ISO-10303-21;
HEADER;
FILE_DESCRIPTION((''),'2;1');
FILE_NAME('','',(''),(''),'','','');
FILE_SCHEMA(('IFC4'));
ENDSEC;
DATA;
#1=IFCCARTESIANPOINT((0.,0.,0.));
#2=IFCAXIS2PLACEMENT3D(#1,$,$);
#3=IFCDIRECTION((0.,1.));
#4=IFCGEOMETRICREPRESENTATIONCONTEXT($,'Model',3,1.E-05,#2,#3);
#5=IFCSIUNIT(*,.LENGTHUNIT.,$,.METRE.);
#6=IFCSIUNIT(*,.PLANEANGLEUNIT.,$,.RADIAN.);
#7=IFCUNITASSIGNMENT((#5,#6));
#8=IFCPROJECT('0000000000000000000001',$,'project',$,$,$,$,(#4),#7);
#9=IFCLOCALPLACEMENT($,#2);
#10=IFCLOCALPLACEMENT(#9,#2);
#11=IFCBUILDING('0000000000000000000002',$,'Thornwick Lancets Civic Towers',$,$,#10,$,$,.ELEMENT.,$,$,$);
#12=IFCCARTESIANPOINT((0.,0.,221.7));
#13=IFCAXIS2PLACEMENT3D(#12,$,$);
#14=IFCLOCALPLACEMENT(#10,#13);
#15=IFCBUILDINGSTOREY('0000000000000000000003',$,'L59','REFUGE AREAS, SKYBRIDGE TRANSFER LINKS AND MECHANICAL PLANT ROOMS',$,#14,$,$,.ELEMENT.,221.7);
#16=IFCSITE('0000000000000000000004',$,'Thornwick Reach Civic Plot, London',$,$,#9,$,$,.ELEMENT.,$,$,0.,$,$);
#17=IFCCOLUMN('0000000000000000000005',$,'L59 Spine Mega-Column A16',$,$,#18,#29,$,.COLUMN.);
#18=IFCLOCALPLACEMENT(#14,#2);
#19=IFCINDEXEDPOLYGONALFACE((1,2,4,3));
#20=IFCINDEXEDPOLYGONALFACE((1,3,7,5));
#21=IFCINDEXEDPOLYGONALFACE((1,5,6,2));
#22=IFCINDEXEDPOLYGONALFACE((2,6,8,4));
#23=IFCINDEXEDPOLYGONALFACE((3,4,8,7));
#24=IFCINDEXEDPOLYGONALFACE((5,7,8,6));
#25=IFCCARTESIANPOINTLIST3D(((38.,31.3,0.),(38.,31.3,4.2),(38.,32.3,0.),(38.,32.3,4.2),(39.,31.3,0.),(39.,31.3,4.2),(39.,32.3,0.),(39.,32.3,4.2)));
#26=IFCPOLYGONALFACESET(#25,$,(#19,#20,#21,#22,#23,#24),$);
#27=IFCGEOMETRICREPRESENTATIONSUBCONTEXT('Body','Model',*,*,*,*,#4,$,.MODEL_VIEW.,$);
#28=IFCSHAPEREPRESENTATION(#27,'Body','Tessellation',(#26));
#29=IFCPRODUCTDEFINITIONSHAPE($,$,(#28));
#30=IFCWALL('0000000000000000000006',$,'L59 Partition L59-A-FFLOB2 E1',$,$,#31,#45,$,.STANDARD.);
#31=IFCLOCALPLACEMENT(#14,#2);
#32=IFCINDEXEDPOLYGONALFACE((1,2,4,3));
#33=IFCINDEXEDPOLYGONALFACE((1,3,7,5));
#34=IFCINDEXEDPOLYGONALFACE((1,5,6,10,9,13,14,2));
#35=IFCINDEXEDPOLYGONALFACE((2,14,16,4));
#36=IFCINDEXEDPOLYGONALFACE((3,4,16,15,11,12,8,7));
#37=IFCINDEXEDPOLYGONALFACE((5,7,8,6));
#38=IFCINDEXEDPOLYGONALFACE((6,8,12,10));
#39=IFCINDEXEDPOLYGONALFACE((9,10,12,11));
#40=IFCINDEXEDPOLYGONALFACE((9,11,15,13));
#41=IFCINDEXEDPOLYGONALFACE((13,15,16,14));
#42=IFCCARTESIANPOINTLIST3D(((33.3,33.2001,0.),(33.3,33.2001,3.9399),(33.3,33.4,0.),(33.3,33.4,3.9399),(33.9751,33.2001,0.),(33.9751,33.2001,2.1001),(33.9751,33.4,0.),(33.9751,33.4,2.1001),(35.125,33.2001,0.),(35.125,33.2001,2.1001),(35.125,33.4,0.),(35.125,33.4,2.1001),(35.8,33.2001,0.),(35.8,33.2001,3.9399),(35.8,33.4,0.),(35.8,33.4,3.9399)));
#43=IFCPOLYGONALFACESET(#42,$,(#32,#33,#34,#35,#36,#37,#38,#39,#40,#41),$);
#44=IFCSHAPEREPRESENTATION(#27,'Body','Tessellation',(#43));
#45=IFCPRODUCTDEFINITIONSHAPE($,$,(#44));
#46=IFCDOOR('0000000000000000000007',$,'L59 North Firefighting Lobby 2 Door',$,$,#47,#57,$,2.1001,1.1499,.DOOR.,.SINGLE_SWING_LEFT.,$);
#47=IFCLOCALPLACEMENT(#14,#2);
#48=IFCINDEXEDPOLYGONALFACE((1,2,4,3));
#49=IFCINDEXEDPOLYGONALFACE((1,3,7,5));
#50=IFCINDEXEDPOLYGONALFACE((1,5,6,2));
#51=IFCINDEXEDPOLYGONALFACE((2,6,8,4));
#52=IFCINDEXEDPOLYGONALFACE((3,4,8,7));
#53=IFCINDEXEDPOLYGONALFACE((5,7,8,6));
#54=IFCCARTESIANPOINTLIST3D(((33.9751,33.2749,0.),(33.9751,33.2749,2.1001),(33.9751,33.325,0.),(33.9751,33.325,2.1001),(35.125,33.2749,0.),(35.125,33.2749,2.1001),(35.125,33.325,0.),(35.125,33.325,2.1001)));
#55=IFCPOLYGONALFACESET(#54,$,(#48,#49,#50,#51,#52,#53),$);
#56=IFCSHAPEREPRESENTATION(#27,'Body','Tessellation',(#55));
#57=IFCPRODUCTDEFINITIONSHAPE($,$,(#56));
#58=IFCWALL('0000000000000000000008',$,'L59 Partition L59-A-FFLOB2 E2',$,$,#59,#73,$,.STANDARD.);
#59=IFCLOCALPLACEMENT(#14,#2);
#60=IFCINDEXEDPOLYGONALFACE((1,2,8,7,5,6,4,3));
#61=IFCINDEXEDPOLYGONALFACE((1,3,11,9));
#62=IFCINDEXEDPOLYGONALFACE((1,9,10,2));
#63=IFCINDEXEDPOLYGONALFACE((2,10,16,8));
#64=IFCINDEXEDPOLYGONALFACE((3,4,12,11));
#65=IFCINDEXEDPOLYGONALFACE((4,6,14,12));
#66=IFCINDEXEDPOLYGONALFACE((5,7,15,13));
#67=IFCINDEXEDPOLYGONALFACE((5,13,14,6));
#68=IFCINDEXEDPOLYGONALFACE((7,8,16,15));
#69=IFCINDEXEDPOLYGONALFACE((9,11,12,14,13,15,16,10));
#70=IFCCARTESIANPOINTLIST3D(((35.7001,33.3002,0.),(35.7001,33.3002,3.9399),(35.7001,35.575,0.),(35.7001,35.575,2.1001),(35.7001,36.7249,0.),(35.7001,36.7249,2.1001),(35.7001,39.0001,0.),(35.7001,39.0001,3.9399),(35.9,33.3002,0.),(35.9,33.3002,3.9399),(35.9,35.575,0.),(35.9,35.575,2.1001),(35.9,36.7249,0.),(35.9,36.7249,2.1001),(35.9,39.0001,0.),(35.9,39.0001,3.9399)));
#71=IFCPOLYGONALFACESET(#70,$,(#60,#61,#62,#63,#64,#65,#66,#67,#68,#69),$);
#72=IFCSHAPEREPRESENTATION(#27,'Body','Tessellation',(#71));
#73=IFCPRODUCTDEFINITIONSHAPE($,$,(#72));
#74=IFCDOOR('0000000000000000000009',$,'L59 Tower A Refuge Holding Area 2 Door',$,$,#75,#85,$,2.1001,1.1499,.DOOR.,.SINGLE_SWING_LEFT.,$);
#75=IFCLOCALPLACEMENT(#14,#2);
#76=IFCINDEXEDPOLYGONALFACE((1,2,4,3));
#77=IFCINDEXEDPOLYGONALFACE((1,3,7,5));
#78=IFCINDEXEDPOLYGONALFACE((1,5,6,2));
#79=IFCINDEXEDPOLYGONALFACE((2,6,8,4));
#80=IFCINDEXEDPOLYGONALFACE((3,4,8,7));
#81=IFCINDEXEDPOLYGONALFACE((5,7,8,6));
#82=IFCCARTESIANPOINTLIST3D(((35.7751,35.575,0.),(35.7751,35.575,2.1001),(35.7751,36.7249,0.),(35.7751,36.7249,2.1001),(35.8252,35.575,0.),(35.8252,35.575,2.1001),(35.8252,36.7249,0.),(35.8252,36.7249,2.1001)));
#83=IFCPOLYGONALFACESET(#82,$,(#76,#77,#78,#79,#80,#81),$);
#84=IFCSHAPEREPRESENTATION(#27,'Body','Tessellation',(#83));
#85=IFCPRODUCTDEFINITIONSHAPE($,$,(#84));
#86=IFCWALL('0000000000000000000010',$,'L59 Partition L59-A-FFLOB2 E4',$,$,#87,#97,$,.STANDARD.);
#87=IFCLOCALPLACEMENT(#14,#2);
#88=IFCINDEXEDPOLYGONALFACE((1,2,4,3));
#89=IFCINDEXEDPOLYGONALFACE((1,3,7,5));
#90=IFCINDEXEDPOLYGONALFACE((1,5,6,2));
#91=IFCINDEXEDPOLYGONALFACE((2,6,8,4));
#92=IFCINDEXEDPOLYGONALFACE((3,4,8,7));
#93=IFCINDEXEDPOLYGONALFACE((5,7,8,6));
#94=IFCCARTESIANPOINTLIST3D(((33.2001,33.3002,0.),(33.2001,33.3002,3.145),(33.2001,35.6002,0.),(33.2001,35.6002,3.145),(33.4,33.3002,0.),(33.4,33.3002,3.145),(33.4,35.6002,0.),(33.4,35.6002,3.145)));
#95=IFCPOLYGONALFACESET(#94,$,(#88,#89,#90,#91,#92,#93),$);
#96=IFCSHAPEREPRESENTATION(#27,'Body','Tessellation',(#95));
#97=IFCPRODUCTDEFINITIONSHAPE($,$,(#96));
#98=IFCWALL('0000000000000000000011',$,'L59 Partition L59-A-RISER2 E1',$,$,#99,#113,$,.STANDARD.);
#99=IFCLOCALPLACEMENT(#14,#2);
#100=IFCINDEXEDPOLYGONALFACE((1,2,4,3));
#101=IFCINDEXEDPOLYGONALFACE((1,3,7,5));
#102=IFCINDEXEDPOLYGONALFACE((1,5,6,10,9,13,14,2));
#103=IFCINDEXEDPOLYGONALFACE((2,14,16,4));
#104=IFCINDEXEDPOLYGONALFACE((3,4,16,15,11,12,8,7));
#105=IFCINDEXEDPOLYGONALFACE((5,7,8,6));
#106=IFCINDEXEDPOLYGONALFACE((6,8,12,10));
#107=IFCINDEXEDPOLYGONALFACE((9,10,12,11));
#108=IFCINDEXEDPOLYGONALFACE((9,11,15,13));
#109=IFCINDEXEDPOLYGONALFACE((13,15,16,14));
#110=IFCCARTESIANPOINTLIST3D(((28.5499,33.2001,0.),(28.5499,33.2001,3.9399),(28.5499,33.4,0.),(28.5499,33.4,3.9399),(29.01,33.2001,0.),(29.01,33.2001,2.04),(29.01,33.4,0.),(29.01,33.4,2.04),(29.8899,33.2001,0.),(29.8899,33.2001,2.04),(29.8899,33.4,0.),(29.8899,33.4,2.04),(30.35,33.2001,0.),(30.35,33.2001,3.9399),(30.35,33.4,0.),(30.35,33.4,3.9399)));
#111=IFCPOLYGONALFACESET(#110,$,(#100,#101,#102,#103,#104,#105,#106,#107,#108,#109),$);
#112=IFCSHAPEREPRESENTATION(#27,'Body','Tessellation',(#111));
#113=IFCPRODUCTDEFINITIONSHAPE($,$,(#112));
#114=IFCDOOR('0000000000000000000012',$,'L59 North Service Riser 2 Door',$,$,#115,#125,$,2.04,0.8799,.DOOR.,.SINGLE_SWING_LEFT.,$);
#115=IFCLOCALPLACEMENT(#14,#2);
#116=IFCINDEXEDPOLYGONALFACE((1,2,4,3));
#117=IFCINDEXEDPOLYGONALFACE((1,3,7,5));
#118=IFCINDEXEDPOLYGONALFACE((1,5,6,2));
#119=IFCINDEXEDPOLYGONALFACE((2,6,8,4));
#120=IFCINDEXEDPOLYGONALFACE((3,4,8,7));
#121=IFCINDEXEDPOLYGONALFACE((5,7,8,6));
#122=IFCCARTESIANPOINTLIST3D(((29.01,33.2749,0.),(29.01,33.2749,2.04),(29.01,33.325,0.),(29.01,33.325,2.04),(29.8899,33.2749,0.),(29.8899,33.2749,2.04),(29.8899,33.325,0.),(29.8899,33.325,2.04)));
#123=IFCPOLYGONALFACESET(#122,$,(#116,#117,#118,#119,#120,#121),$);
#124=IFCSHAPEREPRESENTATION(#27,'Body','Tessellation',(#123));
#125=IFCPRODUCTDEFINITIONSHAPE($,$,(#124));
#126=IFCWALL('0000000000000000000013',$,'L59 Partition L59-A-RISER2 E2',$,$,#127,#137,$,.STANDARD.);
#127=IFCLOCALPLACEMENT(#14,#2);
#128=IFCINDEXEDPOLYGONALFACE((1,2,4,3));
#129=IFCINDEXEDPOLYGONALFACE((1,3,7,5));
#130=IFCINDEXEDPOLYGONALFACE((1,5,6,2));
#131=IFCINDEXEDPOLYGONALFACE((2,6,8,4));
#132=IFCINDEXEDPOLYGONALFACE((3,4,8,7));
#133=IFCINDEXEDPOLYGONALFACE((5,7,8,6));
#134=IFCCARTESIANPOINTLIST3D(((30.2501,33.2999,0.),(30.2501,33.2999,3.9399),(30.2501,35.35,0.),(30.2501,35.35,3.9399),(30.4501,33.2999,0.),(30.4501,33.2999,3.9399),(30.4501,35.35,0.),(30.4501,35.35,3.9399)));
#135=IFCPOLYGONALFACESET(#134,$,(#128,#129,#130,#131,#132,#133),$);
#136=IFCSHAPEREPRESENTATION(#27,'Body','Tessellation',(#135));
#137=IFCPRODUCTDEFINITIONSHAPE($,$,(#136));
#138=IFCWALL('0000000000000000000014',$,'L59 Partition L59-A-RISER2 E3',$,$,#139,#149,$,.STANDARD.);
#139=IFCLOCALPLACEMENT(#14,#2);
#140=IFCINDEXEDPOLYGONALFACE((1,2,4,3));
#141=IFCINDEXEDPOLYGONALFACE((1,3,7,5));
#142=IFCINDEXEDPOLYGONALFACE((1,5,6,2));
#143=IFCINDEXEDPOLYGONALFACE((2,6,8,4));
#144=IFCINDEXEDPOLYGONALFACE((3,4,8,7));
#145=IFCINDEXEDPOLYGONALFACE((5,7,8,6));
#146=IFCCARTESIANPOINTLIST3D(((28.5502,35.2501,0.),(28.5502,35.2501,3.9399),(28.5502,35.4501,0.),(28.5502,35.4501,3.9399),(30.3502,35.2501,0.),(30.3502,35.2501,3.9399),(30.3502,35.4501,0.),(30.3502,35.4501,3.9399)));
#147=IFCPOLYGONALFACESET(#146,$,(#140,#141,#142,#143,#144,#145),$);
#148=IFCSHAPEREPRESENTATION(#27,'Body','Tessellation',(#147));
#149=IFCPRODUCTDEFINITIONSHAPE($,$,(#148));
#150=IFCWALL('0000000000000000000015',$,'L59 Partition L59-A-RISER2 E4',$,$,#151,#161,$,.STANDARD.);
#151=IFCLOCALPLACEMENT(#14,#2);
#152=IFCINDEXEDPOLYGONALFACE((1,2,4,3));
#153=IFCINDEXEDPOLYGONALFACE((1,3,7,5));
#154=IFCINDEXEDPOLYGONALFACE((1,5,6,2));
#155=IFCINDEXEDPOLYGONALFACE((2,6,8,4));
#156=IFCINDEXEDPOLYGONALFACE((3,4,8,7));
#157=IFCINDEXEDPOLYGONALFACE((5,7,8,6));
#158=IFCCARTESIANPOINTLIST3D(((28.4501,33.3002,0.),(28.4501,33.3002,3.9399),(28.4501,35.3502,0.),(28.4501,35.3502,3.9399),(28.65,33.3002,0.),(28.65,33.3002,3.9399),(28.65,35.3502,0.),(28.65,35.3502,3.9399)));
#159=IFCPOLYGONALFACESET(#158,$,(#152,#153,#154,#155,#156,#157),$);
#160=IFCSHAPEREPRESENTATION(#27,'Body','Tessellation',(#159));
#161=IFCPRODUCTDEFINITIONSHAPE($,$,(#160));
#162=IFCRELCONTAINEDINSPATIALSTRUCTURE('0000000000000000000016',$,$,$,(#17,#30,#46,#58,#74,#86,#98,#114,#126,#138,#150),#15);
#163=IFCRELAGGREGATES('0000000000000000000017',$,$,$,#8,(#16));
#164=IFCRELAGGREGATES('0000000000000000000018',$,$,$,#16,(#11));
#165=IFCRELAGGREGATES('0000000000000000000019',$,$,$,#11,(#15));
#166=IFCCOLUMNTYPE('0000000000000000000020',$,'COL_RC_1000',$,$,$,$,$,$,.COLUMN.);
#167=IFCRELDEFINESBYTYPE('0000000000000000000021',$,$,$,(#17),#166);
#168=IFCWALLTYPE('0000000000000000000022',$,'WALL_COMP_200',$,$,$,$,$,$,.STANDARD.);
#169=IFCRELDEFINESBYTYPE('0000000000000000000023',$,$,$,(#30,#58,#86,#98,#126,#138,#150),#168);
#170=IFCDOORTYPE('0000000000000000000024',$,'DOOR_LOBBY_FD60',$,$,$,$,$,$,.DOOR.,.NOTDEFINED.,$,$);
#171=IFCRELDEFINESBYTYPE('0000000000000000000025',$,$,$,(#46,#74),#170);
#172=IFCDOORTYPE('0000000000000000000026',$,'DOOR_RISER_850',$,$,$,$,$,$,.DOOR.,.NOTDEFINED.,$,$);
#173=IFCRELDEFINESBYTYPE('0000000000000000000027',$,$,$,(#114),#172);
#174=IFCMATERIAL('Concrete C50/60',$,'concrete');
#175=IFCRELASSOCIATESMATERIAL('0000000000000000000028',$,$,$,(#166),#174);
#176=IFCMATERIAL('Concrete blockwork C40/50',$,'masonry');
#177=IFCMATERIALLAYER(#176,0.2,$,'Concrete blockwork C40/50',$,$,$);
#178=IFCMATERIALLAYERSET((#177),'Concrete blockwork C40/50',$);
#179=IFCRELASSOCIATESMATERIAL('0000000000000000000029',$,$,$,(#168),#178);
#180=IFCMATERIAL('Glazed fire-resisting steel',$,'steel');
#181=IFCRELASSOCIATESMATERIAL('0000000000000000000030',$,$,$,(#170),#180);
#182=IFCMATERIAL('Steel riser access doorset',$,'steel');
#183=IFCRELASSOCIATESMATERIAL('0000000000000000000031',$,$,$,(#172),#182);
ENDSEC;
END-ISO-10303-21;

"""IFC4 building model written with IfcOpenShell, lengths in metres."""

from ifc_helpers import new_model, si_unit, direction, frame, frame_2d, origin, origin_2d, place, context, subcontext, project, spatial, rectangle, extrude, material, layer, layer_set, material_profile, profile_set, type_object, element, fill, save


model = new_model("IFC4")

# Units and contexts
model_context = context("Model", 3, precision=1e-05, world=origin(), true_north=direction((0.0, 1.0)))
body_context = subcontext(model_context, "Body", "Model", "MODEL_VIEW")
ifc_project = project(units=[si_unit("LENGTHUNIT", "METRE"), si_unit("PLANEANGLEUNIT", "RADIAN")], contexts=[model_context])

# Site, building, storey
site_placement = place(None, origin())
site = spatial("IfcSite", under=ifc_project, at=site_placement, Name="Thornwick Reach Civic Plot, London", CompositionType="ELEMENT", RefElevation=0.0)
building_placement = place(site_placement, origin())
building = spatial("IfcBuilding", under=site, at=building_placement, Name="Thornwick Lancets Civic Towers", CompositionType="ELEMENT")
storey_placement = place(building_placement, frame((0.0, 0.0, 221.7)))
storey = spatial("IfcBuildingStorey", under=building, at=storey_placement, Name="L59", Description="REFUGE AREAS, SKYBRIDGE TRANSFER LINKS AND MECHANICAL PLANT ROOMS", CompositionType="ELEMENT", Elevation=221.7)

# Column
ifc_material_1 = material(Name="Concrete C50/60", Category="concrete")
ifc_material_profile = material_profile(ifc_material_1, rectangle(XDim=1.0, YDim=1.0, at=origin_2d()), Name="RC 1000x1000")
ifc_profile_set = profile_set([ifc_material_profile], Name="Concrete C50/60")
column_type = type_object("IfcColumnType", Name="COL_RC_1000", PredefinedType="COLUMN", material=ifc_profile_set)
column_placement = place(storey_placement, frame((38.5, 31.8, 0.0), z_axis=(0.0, 0.0, 1.0), x_axis=(1.0, 0.0, 0.0)))
element("IfcColumn", 1, at=column_placement, inside=storey, type_object=column_type, Name="L59 Spine Mega-Column A16", PredefinedType="COLUMN", context=body_context, shape_type="SweptSolid", body=[
    extrude(rectangle(XDim=1.0, YDim=1.0, at=origin_2d()), origin(), (0.0, 0.0, 1.0), 4.2),
])

# Walls, openings, doors
ifc_material_2 = material(Name="Concrete blockwork C40/50", Category="masonry")
ifc_layer_1 = layer(ifc_material_2, 0.2, Name="Concrete blockwork C40/50")
ifc_layer_set_1 = layer_set([ifc_layer_1], Name="Concrete blockwork C40/50")
wall_type_1 = type_object("IfcWallType", Name="WALL_COMP_200", PredefinedType="STANDARD", material=ifc_layer_set_1)
wall_1_placement = place(storey_placement, frame((33.3, 33.3, 0.0), z_axis=(0.0, 0.0, 1.0), x_axis=(1.0, 0.0, 0.0)))
wall_1 = element("IfcWall", 2, at=wall_1_placement, inside=storey, type_object=wall_type_1, Name="L59 Partition L59-A-FFLOB2 E1", PredefinedType="STANDARD", context=body_context, shape_type="SweptSolid", body=[
    extrude(rectangle(XDim=2.5, YDim=0.2, at=frame_2d((1.25, 0.0))), origin(), (0.0, 0.0, 1.0), 3.9399),
])
opening_1_placement = place(wall_1_placement, frame((0.675, 0.0, 0.0)))
opening_1 = element("IfcOpeningElement", 3, at=opening_1_placement, cuts=wall_1, PredefinedType="OPENING", context=body_context, shape_type="SweptSolid", body=[
    extrude(rectangle(XDim=1.1499, YDim=2.1001, at=frame_2d((0.575, 1.05))), frame((0.0, 0.1099, 0.0), z_axis=(0.0, -1.0, 0.0), x_axis=(1.0, 0.0, 0.0)), (0.0, 0.0, 1.0), 0.22),
])
ifc_material_3 = material(Name="Glazed fire-resisting steel", Category="steel")
door_type_1 = type_object("IfcDoorType", Name="DOOR_LOBBY_FD60", OperationType="NOTDEFINED", PredefinedType="DOOR", material=ifc_material_3)
door_1_placement = place(opening_1_placement, origin())
door_1 = element("IfcDoor", 4, at=door_1_placement, inside=storey, type_object=door_type_1, Name="L59 North Firefighting Lobby 2 Door", OperationType="SINGLE_SWING_LEFT", OverallHeight=2.1001, OverallWidth=1.1499, PredefinedType="DOOR", context=body_context, shape_type="SweptSolid", body=[
    extrude(rectangle(XDim=1.1499, YDim=2.1001, at=frame_2d((0.575, 1.05))), frame((0.0, 0.0249, 0.0), z_axis=(0.0, -1.0, 0.0), x_axis=(1.0, 0.0, 0.0)), (0.0, 0.0, 1.0), 0.05),
])
fill(opening_1, door_1)
wall_2_placement = place(storey_placement, frame((35.8, 33.3, 0.0), z_axis=(0.0, 0.0, 1.0), x_axis=(0.0, 1.0, 0.0)))
wall_2 = element("IfcWall", 5, at=wall_2_placement, inside=storey, type_object=wall_type_1, Name="L59 Partition L59-A-FFLOB2 E2", PredefinedType="STANDARD", context=body_context, shape_type="SweptSolid", body=[
    extrude(rectangle(XDim=5.7, YDim=0.2, at=frame_2d((2.8501, 0.0))), origin(), (0.0, 0.0, 1.0), 3.9399),
])
opening_2_placement = place(wall_2_placement, frame((2.2749, 0.0, 0.0)))
opening_2 = element("IfcOpeningElement", 6, at=opening_2_placement, cuts=wall_2, PredefinedType="OPENING", context=body_context, shape_type="SweptSolid", body=[
    extrude(rectangle(XDim=1.1499, YDim=2.1001, at=frame_2d((0.575, 1.05))), frame((0.0, 0.1099, 0.0), z_axis=(0.0, -1.0, 0.0), x_axis=(1.0, 0.0, 0.0)), (0.0, 0.0, 1.0), 0.22),
])
door_2_placement = place(opening_2_placement, origin())
door_2 = element("IfcDoor", 7, at=door_2_placement, inside=storey, type_object=door_type_1, Name="L59 Tower A Refuge Holding Area 2 Door", OperationType="SINGLE_SWING_LEFT", OverallHeight=2.1001, OverallWidth=1.1499, PredefinedType="DOOR", context=body_context, shape_type="SweptSolid", body=[
    extrude(rectangle(XDim=1.1499, YDim=2.1001, at=frame_2d((0.575, 1.05))), frame((0.0, 0.0249, 0.0), z_axis=(0.0, -1.0, 0.0), x_axis=(1.0, 0.0, 0.0)), (0.0, 0.0, 1.0), 0.05),
])
fill(opening_2, door_2)

# Wall
wall_3_placement = place(storey_placement, frame((33.3, 35.6001, 0.0), z_axis=(0.0, 0.0, 1.0), x_axis=(0.0, -1.0, 0.0)))
element("IfcWall", 8, at=wall_3_placement, inside=storey, type_object=wall_type_1, Name="L59 Partition L59-A-FFLOB2 E4", PredefinedType="STANDARD", context=body_context, shape_type="SweptSolid", body=[
    extrude(rectangle(XDim=2.3, YDim=0.2, at=frame_2d((1.1499, 0.0))), origin(), (0.0, 0.0, 1.0), 3.145),
])

# Wall, opening, door
wall_4_placement = place(storey_placement, frame((28.55, 33.3, 0.0), z_axis=(0.0, 0.0, 1.0), x_axis=(1.0, 0.0, 0.0)))
wall_4 = element("IfcWall", 9, at=wall_4_placement, inside=storey, type_object=wall_type_1, Name="L59 Partition L59-A-RISER2 E1", PredefinedType="STANDARD", context=body_context, shape_type="SweptSolid", body=[
    extrude(rectangle(XDim=1.8, YDim=0.2, at=frame_2d((0.8999, 0.0))), origin(), (0.0, 0.0, 1.0), 3.9399),
])
opening_3_placement = place(wall_4_placement, frame((0.46, 0.0, 0.0)))
opening_3 = element("IfcOpeningElement", 10, at=opening_3_placement, cuts=wall_4, PredefinedType="OPENING", context=body_context, shape_type="SweptSolid", body=[
    extrude(rectangle(XDim=0.8799, YDim=2.04, at=frame_2d((0.4399, 1.02))), frame((0.0, 0.1099, 0.0), z_axis=(0.0, -1.0, 0.0), x_axis=(1.0, 0.0, 0.0)), (0.0, 0.0, 1.0), 0.22),
])
ifc_material_4 = material(Name="Steel riser access doorset", Category="steel")
door_type_2 = type_object("IfcDoorType", Name="DOOR_RISER_850", OperationType="NOTDEFINED", PredefinedType="DOOR", material=ifc_material_4)
door_3_placement = place(opening_3_placement, origin())
door_3 = element("IfcDoor", 11, at=door_3_placement, inside=storey, type_object=door_type_2, Name="L59 North Service Riser 2 Door", OperationType="SINGLE_SWING_LEFT", OverallHeight=2.04, OverallWidth=0.8799, PredefinedType="DOOR", context=body_context, shape_type="SweptSolid", body=[
    extrude(rectangle(XDim=0.8799, YDim=2.04, at=frame_2d((0.4399, 1.02))), frame((0.0, 0.0249, 0.0), z_axis=(0.0, -1.0, 0.0), x_axis=(1.0, 0.0, 0.0)), (0.0, 0.0, 1.0), 0.05),
])
fill(opening_3, door_3)

# Walls
wall_5_placement = place(storey_placement, frame((30.3501, 33.3, 0.0), z_axis=(0.0, 0.0, 1.0), x_axis=(0.0, 1.0, 0.0)))
element("IfcWall", 12, at=wall_5_placement, inside=storey, type_object=wall_type_1, Name="L59 Partition L59-A-RISER2 E2", PredefinedType="STANDARD", context=body_context, shape_type="SweptSolid", body=[
    extrude(rectangle(XDim=2.05, YDim=0.2, at=frame_2d((1.0249, 0.0))), origin(), (0.0, 0.0, 1.0), 3.9399),
])
wall_6_placement = place(storey_placement, frame((30.3501, 35.3501, 0.0), z_axis=(0.0, 0.0, 1.0), x_axis=(-1.0, 0.0, 0.0)))
element("IfcWall", 13, at=wall_6_placement, inside=storey, type_object=wall_type_1, Name="L59 Partition L59-A-RISER2 E3", PredefinedType="STANDARD", context=body_context, shape_type="SweptSolid", body=[
    extrude(rectangle(XDim=1.8, YDim=0.2, at=frame_2d((0.8999, 0.0))), origin(), (0.0, 0.0, 1.0), 3.9399),
])
wall_7_placement = place(storey_placement, frame((28.55, 35.3501, 0.0), z_axis=(0.0, 0.0, 1.0), x_axis=(0.0, -1.0, 0.0)))
element("IfcWall", 14, at=wall_7_placement, inside=storey, type_object=wall_type_1, Name="L59 Partition L59-A-RISER2 E4", PredefinedType="STANDARD", context=body_context, shape_type="SweptSolid", body=[
    extrude(rectangle(XDim=2.05, YDim=0.2, at=frame_2d((1.0249, 0.0))), origin(), (0.0, 0.0, 1.0), 3.9399),
])

save(model, "model.ifc")
